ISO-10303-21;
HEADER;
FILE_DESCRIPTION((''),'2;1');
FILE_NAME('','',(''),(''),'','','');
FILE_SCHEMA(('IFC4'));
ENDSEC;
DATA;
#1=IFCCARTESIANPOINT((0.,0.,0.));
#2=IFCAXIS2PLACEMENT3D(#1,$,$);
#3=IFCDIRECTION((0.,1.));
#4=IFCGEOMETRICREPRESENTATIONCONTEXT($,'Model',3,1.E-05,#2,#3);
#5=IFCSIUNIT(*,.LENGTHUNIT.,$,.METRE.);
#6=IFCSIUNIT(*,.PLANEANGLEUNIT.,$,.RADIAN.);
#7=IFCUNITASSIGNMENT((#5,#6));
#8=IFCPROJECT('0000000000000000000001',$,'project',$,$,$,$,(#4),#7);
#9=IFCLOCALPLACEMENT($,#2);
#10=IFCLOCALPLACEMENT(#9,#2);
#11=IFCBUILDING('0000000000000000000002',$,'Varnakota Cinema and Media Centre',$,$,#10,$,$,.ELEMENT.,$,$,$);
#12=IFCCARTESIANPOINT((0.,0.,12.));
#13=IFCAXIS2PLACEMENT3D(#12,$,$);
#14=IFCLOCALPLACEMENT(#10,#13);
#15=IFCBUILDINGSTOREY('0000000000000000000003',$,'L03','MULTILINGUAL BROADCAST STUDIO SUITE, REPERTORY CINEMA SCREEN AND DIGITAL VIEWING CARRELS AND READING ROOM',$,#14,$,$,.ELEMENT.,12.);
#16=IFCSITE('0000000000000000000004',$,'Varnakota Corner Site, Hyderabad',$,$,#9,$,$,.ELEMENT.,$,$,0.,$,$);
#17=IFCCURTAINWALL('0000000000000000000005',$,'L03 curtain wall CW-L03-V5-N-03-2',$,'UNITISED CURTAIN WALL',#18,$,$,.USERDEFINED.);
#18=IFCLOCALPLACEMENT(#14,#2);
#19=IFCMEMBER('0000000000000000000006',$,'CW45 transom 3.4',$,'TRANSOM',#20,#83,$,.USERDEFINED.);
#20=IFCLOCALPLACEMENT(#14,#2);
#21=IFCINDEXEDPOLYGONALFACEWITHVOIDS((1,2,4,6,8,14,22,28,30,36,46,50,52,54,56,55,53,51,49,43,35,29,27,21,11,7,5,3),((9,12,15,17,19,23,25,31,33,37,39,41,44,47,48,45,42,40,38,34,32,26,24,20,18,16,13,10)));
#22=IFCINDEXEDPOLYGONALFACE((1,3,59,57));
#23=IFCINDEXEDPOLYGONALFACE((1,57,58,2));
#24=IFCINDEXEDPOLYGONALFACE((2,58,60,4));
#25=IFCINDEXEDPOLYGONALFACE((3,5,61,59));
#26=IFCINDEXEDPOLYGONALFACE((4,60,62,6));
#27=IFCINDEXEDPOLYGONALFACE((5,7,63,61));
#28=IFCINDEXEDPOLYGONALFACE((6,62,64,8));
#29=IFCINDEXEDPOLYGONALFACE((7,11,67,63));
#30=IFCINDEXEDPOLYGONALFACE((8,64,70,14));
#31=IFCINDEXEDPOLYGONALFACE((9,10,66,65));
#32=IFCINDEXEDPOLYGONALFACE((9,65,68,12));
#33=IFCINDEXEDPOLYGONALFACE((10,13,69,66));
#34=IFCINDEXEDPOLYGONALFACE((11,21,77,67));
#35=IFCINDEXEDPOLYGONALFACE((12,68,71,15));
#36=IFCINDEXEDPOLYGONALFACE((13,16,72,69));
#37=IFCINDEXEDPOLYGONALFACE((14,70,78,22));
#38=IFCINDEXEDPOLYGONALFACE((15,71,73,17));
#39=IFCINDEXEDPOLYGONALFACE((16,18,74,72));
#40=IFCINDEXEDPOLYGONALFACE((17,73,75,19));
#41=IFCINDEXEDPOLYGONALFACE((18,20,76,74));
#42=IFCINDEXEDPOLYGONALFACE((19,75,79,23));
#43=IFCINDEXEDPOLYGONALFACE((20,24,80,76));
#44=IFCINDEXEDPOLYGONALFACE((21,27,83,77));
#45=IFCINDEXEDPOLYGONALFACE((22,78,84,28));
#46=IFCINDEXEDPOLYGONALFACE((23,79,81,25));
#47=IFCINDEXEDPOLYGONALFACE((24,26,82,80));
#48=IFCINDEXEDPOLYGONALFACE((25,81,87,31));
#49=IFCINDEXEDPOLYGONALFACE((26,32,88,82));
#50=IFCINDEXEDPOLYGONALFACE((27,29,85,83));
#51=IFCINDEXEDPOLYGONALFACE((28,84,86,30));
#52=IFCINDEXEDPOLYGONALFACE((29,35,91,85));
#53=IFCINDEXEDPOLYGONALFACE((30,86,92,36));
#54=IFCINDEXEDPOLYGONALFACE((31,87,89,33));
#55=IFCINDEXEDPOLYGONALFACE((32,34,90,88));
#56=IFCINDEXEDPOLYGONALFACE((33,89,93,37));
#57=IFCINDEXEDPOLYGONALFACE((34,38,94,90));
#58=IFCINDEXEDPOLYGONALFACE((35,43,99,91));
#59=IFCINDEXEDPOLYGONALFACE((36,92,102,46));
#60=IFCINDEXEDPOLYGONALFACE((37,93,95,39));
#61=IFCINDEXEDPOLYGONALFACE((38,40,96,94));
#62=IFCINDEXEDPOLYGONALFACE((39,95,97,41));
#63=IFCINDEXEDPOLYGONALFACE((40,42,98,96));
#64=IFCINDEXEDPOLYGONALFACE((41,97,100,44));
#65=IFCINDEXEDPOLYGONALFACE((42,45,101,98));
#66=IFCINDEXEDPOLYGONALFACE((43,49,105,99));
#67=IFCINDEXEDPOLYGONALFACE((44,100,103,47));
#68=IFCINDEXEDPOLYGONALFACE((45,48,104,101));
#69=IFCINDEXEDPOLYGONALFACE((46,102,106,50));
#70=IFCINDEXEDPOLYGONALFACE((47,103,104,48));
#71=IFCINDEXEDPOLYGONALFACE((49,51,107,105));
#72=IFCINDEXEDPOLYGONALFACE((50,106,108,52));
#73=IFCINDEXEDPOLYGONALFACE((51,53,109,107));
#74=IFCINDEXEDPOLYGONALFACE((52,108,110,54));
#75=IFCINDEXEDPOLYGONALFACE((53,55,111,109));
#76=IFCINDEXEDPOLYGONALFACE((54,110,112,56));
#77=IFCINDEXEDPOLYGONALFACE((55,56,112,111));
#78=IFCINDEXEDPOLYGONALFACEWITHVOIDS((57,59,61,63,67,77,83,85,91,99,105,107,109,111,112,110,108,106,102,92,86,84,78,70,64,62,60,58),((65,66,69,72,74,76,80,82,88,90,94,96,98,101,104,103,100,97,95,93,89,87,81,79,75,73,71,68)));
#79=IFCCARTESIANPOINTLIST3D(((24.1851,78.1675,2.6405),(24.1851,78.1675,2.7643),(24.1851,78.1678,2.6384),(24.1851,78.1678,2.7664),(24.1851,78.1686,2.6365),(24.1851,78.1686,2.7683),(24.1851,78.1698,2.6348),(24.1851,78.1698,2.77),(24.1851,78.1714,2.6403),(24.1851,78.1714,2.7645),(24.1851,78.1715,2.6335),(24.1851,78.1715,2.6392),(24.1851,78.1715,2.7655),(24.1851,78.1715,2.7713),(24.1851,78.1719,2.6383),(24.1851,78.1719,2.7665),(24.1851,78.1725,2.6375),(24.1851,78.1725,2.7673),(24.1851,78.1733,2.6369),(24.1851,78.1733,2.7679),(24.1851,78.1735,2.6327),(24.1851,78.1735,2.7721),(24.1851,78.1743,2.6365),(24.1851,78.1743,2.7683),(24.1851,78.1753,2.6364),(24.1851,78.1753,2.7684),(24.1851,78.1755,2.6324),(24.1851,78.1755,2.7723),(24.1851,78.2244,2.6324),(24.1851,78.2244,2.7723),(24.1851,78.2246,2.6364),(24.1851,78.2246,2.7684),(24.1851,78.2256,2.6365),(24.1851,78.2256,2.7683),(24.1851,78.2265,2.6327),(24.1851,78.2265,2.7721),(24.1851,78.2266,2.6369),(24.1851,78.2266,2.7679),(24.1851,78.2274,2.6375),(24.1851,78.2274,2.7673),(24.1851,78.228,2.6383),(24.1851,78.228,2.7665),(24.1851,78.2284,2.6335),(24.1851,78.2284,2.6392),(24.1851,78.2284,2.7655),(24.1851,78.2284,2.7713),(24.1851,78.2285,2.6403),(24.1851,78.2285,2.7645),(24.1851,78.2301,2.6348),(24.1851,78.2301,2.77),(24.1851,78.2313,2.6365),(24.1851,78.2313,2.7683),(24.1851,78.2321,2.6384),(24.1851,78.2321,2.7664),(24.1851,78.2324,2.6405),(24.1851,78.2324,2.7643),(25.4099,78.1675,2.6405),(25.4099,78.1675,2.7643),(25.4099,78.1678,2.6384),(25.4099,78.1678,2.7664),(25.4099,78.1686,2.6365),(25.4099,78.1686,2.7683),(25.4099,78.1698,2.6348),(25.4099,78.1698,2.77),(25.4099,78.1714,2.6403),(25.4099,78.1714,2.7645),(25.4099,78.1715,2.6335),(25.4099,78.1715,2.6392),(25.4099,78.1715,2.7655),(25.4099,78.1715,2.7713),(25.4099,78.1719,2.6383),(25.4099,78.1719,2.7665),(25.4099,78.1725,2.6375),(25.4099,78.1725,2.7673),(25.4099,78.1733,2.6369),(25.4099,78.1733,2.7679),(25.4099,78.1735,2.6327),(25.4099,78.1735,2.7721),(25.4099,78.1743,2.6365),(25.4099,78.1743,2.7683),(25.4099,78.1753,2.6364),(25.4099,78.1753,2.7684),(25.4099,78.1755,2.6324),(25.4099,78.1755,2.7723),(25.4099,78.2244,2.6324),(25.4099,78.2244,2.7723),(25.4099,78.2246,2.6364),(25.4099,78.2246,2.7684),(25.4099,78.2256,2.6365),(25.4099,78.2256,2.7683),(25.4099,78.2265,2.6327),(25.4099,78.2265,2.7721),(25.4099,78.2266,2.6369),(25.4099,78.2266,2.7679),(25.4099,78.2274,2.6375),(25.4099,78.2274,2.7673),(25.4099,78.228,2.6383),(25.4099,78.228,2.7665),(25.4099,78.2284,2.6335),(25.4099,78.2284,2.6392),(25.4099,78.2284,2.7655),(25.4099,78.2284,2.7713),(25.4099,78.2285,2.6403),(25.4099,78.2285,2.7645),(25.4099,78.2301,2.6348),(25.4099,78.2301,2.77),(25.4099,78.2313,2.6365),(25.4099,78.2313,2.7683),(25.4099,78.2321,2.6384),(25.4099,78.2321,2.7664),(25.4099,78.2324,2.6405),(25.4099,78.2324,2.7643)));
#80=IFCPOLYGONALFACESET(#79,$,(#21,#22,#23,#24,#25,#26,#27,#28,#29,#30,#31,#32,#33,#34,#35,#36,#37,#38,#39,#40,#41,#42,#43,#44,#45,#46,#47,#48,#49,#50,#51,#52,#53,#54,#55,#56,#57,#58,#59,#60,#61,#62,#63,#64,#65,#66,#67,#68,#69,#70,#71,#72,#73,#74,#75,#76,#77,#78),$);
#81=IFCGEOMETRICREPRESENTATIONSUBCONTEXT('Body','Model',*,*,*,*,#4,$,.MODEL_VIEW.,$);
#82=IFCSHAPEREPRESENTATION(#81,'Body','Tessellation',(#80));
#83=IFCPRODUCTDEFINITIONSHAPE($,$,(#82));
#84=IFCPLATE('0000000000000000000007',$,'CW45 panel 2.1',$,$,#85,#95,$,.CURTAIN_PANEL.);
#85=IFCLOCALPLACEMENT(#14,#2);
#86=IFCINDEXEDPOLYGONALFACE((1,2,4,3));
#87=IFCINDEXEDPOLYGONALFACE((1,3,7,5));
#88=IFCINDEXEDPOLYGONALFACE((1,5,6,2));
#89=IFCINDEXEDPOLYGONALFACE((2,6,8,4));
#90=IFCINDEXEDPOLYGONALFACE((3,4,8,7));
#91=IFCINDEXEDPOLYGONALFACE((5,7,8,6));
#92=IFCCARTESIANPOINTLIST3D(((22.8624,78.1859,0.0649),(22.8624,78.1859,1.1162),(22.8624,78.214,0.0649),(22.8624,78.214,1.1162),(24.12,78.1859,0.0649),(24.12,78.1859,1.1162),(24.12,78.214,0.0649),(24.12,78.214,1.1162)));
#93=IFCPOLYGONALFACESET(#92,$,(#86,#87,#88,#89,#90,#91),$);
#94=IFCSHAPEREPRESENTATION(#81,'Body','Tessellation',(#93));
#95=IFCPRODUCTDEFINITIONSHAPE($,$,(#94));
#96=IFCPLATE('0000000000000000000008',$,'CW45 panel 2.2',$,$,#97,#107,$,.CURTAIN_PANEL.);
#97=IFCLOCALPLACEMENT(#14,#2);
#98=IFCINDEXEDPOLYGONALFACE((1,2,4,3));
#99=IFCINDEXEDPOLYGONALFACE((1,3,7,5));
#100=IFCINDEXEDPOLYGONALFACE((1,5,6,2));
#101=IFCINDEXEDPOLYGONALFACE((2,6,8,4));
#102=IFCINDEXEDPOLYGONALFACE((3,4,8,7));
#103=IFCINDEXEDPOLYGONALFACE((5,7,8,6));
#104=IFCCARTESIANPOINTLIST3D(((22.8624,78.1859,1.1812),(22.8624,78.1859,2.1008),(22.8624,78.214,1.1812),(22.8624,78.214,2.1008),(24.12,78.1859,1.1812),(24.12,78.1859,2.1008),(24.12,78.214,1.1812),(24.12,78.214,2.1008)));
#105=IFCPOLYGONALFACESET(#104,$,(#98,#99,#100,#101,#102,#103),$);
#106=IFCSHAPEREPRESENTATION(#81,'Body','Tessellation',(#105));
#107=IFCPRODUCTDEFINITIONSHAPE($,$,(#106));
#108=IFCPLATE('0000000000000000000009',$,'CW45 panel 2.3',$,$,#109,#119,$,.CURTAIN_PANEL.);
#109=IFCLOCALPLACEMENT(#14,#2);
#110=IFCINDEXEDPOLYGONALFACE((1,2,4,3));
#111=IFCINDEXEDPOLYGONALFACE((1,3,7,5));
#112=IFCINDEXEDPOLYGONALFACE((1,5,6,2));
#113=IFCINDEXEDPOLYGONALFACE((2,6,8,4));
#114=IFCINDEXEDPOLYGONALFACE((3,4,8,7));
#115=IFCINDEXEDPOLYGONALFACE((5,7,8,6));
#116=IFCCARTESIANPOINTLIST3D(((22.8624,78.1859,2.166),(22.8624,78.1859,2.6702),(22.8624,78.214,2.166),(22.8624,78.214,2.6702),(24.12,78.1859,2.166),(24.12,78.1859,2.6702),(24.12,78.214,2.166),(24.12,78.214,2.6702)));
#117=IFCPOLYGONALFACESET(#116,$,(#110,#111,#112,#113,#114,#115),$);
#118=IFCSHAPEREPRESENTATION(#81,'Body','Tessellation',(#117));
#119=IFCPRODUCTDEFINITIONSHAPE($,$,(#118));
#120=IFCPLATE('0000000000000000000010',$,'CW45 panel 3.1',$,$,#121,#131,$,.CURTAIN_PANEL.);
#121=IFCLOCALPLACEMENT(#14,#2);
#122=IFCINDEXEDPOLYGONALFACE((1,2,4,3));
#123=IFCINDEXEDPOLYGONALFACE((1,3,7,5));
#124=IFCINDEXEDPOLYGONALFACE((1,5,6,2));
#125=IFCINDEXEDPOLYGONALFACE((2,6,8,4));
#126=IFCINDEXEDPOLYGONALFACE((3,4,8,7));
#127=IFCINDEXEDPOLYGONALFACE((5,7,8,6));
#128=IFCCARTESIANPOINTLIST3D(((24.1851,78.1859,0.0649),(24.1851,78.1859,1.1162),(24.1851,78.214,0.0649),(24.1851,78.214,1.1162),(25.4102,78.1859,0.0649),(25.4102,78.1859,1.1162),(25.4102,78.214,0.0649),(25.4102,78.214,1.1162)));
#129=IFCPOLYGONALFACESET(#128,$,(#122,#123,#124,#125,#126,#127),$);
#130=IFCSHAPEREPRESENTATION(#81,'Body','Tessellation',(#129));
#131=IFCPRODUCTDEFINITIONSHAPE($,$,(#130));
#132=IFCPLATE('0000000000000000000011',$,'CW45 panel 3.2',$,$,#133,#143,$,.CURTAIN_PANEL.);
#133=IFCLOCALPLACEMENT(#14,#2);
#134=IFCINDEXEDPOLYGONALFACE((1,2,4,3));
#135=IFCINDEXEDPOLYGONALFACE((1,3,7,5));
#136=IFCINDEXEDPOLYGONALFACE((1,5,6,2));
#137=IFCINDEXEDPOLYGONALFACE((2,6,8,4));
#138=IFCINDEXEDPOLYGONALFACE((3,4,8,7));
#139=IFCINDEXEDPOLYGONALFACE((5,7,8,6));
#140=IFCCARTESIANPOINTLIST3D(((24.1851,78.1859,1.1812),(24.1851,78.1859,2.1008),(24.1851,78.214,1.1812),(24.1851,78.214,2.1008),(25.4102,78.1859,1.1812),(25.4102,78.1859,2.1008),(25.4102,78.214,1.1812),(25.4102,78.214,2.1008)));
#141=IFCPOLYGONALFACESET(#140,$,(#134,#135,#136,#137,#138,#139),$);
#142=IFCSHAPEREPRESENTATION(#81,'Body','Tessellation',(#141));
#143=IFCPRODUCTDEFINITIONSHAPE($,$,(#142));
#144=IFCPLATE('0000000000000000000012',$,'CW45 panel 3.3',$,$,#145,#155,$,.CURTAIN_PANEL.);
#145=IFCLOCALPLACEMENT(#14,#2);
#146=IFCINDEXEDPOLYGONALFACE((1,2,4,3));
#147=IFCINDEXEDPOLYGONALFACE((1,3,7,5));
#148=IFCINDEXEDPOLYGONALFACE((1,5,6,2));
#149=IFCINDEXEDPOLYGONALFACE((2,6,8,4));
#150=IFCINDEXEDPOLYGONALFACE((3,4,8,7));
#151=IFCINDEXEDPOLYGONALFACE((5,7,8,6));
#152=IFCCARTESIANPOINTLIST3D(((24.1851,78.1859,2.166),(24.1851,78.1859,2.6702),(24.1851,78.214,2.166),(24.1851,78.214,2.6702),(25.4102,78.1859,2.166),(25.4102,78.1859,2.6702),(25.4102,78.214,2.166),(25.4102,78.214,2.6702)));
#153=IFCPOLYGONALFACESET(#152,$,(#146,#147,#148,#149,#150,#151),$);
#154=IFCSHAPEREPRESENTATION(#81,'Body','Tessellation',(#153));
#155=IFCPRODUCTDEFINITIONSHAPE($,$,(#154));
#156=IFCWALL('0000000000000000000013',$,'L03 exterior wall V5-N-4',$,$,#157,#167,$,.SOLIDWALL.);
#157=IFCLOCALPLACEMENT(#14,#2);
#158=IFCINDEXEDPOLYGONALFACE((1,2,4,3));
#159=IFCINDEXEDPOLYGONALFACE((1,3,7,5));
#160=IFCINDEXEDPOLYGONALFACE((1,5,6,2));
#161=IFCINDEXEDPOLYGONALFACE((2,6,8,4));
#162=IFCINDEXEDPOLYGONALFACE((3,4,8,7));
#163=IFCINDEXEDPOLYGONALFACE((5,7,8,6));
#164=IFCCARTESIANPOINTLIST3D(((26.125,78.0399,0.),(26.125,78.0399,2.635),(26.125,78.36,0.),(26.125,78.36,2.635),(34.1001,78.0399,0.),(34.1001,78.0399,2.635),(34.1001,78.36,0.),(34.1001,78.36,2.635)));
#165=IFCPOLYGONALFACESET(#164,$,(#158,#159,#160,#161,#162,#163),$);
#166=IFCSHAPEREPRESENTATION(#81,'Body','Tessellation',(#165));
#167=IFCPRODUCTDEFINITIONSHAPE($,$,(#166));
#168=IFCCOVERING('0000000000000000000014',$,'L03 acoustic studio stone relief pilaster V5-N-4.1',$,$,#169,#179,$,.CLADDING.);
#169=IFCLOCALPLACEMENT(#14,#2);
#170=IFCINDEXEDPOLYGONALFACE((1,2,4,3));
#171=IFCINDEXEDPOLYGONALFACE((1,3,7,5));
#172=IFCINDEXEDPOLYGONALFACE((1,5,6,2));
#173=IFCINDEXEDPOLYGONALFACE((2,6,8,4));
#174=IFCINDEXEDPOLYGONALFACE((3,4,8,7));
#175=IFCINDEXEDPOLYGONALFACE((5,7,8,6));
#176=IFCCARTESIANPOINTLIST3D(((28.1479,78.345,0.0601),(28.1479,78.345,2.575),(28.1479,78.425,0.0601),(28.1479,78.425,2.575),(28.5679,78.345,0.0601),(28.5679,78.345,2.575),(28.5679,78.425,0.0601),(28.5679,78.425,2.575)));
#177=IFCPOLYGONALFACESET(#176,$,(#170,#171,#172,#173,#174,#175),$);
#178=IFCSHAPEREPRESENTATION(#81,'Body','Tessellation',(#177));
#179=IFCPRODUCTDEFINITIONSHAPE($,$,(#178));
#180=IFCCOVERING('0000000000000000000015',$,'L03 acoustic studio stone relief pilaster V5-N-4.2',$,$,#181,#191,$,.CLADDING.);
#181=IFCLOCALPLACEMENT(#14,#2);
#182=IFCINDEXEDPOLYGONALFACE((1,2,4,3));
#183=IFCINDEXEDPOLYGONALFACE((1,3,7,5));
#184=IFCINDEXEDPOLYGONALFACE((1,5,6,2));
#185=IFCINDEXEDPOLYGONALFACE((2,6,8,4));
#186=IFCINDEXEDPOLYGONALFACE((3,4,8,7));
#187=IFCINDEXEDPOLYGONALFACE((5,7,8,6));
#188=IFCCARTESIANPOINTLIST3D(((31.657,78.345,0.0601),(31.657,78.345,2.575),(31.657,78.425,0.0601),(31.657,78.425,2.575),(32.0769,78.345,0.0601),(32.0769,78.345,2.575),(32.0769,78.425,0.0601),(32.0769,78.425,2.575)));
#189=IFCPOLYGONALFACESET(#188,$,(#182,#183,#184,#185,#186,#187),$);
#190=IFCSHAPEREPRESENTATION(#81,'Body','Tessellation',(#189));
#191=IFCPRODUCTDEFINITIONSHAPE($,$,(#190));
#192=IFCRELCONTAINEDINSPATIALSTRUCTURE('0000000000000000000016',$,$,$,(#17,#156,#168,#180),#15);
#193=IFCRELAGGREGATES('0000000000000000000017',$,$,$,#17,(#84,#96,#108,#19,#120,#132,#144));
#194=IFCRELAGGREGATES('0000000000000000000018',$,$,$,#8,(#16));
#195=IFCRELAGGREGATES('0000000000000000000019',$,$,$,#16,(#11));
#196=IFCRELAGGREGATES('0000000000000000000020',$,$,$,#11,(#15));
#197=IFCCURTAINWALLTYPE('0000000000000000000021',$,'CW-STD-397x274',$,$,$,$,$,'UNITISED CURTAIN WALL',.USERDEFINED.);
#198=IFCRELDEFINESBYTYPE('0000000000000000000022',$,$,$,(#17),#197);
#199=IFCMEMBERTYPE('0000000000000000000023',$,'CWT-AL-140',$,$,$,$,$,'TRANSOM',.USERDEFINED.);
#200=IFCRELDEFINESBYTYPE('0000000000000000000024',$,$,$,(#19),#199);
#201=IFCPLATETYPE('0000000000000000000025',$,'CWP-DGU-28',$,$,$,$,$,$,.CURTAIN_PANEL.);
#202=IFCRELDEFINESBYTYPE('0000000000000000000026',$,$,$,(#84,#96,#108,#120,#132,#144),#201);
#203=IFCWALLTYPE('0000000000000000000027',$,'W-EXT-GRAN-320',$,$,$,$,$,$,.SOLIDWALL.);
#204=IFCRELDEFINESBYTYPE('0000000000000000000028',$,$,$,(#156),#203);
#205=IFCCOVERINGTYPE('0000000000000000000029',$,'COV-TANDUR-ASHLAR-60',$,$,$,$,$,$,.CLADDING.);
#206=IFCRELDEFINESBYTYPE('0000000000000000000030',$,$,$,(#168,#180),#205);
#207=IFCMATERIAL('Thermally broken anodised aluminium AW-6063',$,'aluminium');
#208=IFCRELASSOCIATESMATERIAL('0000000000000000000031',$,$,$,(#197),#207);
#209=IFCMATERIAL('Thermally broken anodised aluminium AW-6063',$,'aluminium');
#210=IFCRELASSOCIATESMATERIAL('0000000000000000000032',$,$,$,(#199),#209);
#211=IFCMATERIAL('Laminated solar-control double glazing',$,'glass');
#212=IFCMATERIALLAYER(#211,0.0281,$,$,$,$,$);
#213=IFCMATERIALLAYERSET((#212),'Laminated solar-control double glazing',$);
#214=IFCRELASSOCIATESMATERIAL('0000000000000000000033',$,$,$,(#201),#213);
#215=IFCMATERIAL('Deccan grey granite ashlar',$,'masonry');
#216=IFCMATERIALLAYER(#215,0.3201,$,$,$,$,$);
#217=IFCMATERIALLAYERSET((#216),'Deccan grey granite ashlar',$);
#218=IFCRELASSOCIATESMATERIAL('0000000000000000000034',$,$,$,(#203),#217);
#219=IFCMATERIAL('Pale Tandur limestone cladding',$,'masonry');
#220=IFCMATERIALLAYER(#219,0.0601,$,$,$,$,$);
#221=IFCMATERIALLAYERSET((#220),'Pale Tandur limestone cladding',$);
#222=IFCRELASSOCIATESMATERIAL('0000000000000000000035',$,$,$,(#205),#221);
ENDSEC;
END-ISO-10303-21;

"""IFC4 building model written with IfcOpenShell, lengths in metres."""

from ifc_helpers import new_model, si_unit, direction, frame, frame_2d, origin, origin_2d, place, context, subcontext, project, spatial, rectangle, hollow_rectangle, extrude, material, layer, layer_set, material_profile, profile_set, type_object, element, aggregate, save


model = new_model("IFC4")

# Units and contexts
model_context = context("Model", 3, precision=1e-05, world=origin(), true_north=direction((0.0, 1.0)))
body_context = subcontext(model_context, "Body", "Model", "MODEL_VIEW")
ifc_project = project(units=[si_unit("LENGTHUNIT", "METRE"), si_unit("PLANEANGLEUNIT", "RADIAN")], contexts=[model_context])

# Site, building, storey
site_placement = place(None, origin())
site = spatial("IfcSite", under=ifc_project, at=site_placement, Name="Varnakota Corner Site, Hyderabad", CompositionType="ELEMENT", RefElevation=0.0)
building_placement = place(site_placement, origin())
building = spatial("IfcBuilding", under=site, at=building_placement, Name="Varnakota Cinema and Media Centre", CompositionType="ELEMENT")
storey_placement = place(building_placement, frame((0.0, 0.0, 12.0)))
storey = spatial("IfcBuildingStorey", under=building, at=storey_placement, Name="L03", Description="MULTILINGUAL BROADCAST STUDIO SUITE, REPERTORY CINEMA SCREEN AND DIGITAL VIEWING CARRELS AND READING ROOM", CompositionType="ELEMENT", Elevation=12.0)

# Curtain wall, member, plates
ifc_material_1 = material(Name="Thermally broken anodised aluminium AW-6063", Category="aluminium")
curtain_wall_type = type_object("IfcCurtainWallType", Name="CW-STD-397x274", ElementType="UNITISED CURTAIN WALL", PredefinedType="USERDEFINED", material=ifc_material_1)
curtain_wall_placement = place(storey_placement, origin())
curtain_wall = element("IfcCurtainWall", 1, at=curtain_wall_placement, inside=storey, type_object=curtain_wall_type, Name="L03 curtain wall CW-L03-V5-N-03-2", ObjectType="UNITISED CURTAIN WALL", PredefinedType="USERDEFINED")
ifc_material_2 = material(Name="Thermally broken anodised aluminium AW-6063", Category="aluminium")
ifc_material_profile_1 = material_profile(ifc_material_2, hollow_rectangle(XDim=0.0649, YDim=0.1399, WallThickness=0.0039, InnerFilletRadius=0.0039, OuterFilletRadius=0.0081, at=origin_2d()), Name="AL-TRANSOM 140x65x4")
ifc_profile_set_1 = profile_set([ifc_material_profile_1], Name="Thermally broken anodised aluminium AW-6063")
member_type_1 = type_object("IfcMemberType", Name="CWT-AL-140", ElementType="TRANSOM", PredefinedType="USERDEFINED", material=ifc_profile_set_1)
member_1_placement = place(storey_placement, frame((24.1851, 78.2, 2.7024), z_axis=(1.0, 0.0, 0.0), x_axis=(0.0, 1.0, 0.0)))
member_1 = element("IfcMember", 2, at=member_1_placement, type_object=member_type_1, Name="CW45 transom 3.4", ObjectType="TRANSOM", PredefinedType="USERDEFINED", context=body_context, shape_type="SweptSolid", body=[
    extrude(hollow_rectangle(XDim=0.0649, YDim=0.1399, WallThickness=0.0039, InnerFilletRadius=0.0039, OuterFilletRadius=0.0081, at=origin_2d()), origin(), (0.0, 0.0, 1.0), 1.2249),
])
ifc_material_3 = material(Name="Laminated solar-control double glazing", Category="glass")
ifc_layer_1 = layer(ifc_material_3, 0.0281)
ifc_layer_set_1 = layer_set([ifc_layer_1], Name="Laminated solar-control double glazing")
plate_type = type_object("IfcPlateType", Name="CWP-DGU-28", PredefinedType="CURTAIN_PANEL", material=ifc_layer_set_1)
plate_1_placement = place(storey_placement, frame((23.4912, 78.2, 0.0649), z_axis=(0.0, 0.0, 1.0), x_axis=(1.0, 0.0, 0.0)))
plate_1 = element("IfcPlate", 3, at=plate_1_placement, type_object=plate_type, Name="CW45 panel 2.1", PredefinedType="CURTAIN_PANEL", context=body_context, shape_type="SweptSolid", body=[
    extrude(rectangle(XDim=1.2576, YDim=0.0281, at=origin_2d()), origin(), (0.0, 0.0, 1.0), 1.0513),
])
plate_2_placement = place(storey_placement, frame((23.4912, 78.2, 1.1812), z_axis=(0.0, 0.0, 1.0), x_axis=(1.0, 0.0, 0.0)))
plate_2 = element("IfcPlate", 4, at=plate_2_placement, type_object=plate_type, Name="CW45 panel 2.2", PredefinedType="CURTAIN_PANEL", context=body_context, shape_type="SweptSolid", body=[
    extrude(rectangle(XDim=1.2576, YDim=0.0281, at=origin_2d()), origin(), (0.0, 0.0, 1.0), 0.9197),
])
plate_3_placement = place(storey_placement, frame((23.4912, 78.2, 2.166), z_axis=(0.0, 0.0, 1.0), x_axis=(1.0, 0.0, 0.0)))
plate_3 = element("IfcPlate", 5, at=plate_3_placement, type_object=plate_type, Name="CW45 panel 2.3", PredefinedType="CURTAIN_PANEL", context=body_context, shape_type="SweptSolid", body=[
    extrude(rectangle(XDim=1.2576, YDim=0.0281, at=origin_2d()), origin(), (0.0, 0.0, 1.0), 0.5042),
])
plate_4_placement = place(storey_placement, frame((24.7976, 78.2, 0.0649), z_axis=(0.0, 0.0, 1.0), x_axis=(1.0, 0.0, 0.0)))
plate_4 = element("IfcPlate", 6, at=plate_4_placement, type_object=plate_type, Name="CW45 panel 3.1", PredefinedType="CURTAIN_PANEL", context=body_context, shape_type="SweptSolid", body=[
    extrude(rectangle(XDim=1.2251, YDim=0.0281, at=origin_2d()), origin(), (0.0, 0.0, 1.0), 1.0513),
])
plate_5_placement = place(storey_placement, frame((24.7976, 78.2, 1.1812), z_axis=(0.0, 0.0, 1.0), x_axis=(1.0, 0.0, 0.0)))
plate_5 = element("IfcPlate", 7, at=plate_5_placement, type_object=plate_type, Name="CW45 panel 3.2", PredefinedType="CURTAIN_PANEL", context=body_context, shape_type="SweptSolid", body=[
    extrude(rectangle(XDim=1.2251, YDim=0.0281, at=origin_2d()), origin(), (0.0, 0.0, 1.0), 0.9197),
])
plate_6_placement = place(storey_placement, frame((24.7976, 78.2, 2.166), z_axis=(0.0, 0.0, 1.0), x_axis=(1.0, 0.0, 0.0)))
plate_6 = element("IfcPlate", 8, at=plate_6_placement, type_object=plate_type, Name="CW45 panel 3.3", PredefinedType="CURTAIN_PANEL", context=body_context, shape_type="SweptSolid", body=[
    extrude(rectangle(XDim=1.2251, YDim=0.0281, at=origin_2d()), origin(), (0.0, 0.0, 1.0), 0.5042),
])
aggregate(curtain_wall, [plate_1, plate_2, plate_3, member_1, plate_4, plate_5, plate_6])

# Wall
ifc_material_4 = material(Name="Deccan grey granite ashlar", Category="masonry")
ifc_layer_2 = layer(ifc_material_4, 0.3201)
ifc_layer_set_2 = layer_set([ifc_layer_2], Name="Deccan grey granite ashlar")
wall_type = type_object("IfcWallType", Name="W-EXT-GRAN-320", PredefinedType="SOLIDWALL", material=ifc_layer_set_2)
wall_placement = place(storey_placement, frame((26.125, 78.2, 0.0), z_axis=(0.0, 0.0, 1.0), x_axis=(1.0, 0.0, 0.0)))
element("IfcWall", 9, at=wall_placement, inside=storey, type_object=wall_type, Name="L03 exterior wall V5-N-4", PredefinedType="SOLIDWALL", context=body_context, shape_type="SweptSolid", body=[
    extrude(rectangle(XDim=7.9751, YDim=0.3201, at=frame_2d((3.9875, 0.0))), origin(), (0.0, 0.0, 1.0), 2.635),
])

# Coverings
ifc_material_5 = material(Name="Pale Tandur limestone cladding", Category="masonry")
ifc_layer_3 = layer(ifc_material_5, 0.0601)
ifc_layer_set_3 = layer_set([ifc_layer_3], Name="Pale Tandur limestone cladding")
covering_type = type_object("IfcCoveringType", Name="COV-TANDUR-ASHLAR-60", PredefinedType="CLADDING", material=ifc_layer_set_3)
for number, where, z_axis, x_axis, name in (
    (10, (28.3579, 78.385, 0.0601), (0.0, 0.0, 1.0), (1.0, 0.0, 0.0), "L03 acoustic studio stone relief pilaster V5-N-4.1"),
    (11, (31.8669, 78.385, 0.0601), (0.0, 0.0, 1.0), (1.0, 0.0, 0.0), "L03 acoustic studio stone relief pilaster V5-N-4.2"),
):
    element("IfcCovering", number, at=place(storey_placement, frame(where, z_axis=z_axis, x_axis=x_axis)), inside=storey, type_object=covering_type, Name=name, PredefinedType="CLADDING", context=body_context, shape_type="SweptSolid", body=[
        extrude(rectangle(XDim=0.4199, YDim=0.0801, at=origin_2d()), origin(), (0.0, 0.0, 1.0), 2.5149),
    ])

save(model, "model.ifc")
